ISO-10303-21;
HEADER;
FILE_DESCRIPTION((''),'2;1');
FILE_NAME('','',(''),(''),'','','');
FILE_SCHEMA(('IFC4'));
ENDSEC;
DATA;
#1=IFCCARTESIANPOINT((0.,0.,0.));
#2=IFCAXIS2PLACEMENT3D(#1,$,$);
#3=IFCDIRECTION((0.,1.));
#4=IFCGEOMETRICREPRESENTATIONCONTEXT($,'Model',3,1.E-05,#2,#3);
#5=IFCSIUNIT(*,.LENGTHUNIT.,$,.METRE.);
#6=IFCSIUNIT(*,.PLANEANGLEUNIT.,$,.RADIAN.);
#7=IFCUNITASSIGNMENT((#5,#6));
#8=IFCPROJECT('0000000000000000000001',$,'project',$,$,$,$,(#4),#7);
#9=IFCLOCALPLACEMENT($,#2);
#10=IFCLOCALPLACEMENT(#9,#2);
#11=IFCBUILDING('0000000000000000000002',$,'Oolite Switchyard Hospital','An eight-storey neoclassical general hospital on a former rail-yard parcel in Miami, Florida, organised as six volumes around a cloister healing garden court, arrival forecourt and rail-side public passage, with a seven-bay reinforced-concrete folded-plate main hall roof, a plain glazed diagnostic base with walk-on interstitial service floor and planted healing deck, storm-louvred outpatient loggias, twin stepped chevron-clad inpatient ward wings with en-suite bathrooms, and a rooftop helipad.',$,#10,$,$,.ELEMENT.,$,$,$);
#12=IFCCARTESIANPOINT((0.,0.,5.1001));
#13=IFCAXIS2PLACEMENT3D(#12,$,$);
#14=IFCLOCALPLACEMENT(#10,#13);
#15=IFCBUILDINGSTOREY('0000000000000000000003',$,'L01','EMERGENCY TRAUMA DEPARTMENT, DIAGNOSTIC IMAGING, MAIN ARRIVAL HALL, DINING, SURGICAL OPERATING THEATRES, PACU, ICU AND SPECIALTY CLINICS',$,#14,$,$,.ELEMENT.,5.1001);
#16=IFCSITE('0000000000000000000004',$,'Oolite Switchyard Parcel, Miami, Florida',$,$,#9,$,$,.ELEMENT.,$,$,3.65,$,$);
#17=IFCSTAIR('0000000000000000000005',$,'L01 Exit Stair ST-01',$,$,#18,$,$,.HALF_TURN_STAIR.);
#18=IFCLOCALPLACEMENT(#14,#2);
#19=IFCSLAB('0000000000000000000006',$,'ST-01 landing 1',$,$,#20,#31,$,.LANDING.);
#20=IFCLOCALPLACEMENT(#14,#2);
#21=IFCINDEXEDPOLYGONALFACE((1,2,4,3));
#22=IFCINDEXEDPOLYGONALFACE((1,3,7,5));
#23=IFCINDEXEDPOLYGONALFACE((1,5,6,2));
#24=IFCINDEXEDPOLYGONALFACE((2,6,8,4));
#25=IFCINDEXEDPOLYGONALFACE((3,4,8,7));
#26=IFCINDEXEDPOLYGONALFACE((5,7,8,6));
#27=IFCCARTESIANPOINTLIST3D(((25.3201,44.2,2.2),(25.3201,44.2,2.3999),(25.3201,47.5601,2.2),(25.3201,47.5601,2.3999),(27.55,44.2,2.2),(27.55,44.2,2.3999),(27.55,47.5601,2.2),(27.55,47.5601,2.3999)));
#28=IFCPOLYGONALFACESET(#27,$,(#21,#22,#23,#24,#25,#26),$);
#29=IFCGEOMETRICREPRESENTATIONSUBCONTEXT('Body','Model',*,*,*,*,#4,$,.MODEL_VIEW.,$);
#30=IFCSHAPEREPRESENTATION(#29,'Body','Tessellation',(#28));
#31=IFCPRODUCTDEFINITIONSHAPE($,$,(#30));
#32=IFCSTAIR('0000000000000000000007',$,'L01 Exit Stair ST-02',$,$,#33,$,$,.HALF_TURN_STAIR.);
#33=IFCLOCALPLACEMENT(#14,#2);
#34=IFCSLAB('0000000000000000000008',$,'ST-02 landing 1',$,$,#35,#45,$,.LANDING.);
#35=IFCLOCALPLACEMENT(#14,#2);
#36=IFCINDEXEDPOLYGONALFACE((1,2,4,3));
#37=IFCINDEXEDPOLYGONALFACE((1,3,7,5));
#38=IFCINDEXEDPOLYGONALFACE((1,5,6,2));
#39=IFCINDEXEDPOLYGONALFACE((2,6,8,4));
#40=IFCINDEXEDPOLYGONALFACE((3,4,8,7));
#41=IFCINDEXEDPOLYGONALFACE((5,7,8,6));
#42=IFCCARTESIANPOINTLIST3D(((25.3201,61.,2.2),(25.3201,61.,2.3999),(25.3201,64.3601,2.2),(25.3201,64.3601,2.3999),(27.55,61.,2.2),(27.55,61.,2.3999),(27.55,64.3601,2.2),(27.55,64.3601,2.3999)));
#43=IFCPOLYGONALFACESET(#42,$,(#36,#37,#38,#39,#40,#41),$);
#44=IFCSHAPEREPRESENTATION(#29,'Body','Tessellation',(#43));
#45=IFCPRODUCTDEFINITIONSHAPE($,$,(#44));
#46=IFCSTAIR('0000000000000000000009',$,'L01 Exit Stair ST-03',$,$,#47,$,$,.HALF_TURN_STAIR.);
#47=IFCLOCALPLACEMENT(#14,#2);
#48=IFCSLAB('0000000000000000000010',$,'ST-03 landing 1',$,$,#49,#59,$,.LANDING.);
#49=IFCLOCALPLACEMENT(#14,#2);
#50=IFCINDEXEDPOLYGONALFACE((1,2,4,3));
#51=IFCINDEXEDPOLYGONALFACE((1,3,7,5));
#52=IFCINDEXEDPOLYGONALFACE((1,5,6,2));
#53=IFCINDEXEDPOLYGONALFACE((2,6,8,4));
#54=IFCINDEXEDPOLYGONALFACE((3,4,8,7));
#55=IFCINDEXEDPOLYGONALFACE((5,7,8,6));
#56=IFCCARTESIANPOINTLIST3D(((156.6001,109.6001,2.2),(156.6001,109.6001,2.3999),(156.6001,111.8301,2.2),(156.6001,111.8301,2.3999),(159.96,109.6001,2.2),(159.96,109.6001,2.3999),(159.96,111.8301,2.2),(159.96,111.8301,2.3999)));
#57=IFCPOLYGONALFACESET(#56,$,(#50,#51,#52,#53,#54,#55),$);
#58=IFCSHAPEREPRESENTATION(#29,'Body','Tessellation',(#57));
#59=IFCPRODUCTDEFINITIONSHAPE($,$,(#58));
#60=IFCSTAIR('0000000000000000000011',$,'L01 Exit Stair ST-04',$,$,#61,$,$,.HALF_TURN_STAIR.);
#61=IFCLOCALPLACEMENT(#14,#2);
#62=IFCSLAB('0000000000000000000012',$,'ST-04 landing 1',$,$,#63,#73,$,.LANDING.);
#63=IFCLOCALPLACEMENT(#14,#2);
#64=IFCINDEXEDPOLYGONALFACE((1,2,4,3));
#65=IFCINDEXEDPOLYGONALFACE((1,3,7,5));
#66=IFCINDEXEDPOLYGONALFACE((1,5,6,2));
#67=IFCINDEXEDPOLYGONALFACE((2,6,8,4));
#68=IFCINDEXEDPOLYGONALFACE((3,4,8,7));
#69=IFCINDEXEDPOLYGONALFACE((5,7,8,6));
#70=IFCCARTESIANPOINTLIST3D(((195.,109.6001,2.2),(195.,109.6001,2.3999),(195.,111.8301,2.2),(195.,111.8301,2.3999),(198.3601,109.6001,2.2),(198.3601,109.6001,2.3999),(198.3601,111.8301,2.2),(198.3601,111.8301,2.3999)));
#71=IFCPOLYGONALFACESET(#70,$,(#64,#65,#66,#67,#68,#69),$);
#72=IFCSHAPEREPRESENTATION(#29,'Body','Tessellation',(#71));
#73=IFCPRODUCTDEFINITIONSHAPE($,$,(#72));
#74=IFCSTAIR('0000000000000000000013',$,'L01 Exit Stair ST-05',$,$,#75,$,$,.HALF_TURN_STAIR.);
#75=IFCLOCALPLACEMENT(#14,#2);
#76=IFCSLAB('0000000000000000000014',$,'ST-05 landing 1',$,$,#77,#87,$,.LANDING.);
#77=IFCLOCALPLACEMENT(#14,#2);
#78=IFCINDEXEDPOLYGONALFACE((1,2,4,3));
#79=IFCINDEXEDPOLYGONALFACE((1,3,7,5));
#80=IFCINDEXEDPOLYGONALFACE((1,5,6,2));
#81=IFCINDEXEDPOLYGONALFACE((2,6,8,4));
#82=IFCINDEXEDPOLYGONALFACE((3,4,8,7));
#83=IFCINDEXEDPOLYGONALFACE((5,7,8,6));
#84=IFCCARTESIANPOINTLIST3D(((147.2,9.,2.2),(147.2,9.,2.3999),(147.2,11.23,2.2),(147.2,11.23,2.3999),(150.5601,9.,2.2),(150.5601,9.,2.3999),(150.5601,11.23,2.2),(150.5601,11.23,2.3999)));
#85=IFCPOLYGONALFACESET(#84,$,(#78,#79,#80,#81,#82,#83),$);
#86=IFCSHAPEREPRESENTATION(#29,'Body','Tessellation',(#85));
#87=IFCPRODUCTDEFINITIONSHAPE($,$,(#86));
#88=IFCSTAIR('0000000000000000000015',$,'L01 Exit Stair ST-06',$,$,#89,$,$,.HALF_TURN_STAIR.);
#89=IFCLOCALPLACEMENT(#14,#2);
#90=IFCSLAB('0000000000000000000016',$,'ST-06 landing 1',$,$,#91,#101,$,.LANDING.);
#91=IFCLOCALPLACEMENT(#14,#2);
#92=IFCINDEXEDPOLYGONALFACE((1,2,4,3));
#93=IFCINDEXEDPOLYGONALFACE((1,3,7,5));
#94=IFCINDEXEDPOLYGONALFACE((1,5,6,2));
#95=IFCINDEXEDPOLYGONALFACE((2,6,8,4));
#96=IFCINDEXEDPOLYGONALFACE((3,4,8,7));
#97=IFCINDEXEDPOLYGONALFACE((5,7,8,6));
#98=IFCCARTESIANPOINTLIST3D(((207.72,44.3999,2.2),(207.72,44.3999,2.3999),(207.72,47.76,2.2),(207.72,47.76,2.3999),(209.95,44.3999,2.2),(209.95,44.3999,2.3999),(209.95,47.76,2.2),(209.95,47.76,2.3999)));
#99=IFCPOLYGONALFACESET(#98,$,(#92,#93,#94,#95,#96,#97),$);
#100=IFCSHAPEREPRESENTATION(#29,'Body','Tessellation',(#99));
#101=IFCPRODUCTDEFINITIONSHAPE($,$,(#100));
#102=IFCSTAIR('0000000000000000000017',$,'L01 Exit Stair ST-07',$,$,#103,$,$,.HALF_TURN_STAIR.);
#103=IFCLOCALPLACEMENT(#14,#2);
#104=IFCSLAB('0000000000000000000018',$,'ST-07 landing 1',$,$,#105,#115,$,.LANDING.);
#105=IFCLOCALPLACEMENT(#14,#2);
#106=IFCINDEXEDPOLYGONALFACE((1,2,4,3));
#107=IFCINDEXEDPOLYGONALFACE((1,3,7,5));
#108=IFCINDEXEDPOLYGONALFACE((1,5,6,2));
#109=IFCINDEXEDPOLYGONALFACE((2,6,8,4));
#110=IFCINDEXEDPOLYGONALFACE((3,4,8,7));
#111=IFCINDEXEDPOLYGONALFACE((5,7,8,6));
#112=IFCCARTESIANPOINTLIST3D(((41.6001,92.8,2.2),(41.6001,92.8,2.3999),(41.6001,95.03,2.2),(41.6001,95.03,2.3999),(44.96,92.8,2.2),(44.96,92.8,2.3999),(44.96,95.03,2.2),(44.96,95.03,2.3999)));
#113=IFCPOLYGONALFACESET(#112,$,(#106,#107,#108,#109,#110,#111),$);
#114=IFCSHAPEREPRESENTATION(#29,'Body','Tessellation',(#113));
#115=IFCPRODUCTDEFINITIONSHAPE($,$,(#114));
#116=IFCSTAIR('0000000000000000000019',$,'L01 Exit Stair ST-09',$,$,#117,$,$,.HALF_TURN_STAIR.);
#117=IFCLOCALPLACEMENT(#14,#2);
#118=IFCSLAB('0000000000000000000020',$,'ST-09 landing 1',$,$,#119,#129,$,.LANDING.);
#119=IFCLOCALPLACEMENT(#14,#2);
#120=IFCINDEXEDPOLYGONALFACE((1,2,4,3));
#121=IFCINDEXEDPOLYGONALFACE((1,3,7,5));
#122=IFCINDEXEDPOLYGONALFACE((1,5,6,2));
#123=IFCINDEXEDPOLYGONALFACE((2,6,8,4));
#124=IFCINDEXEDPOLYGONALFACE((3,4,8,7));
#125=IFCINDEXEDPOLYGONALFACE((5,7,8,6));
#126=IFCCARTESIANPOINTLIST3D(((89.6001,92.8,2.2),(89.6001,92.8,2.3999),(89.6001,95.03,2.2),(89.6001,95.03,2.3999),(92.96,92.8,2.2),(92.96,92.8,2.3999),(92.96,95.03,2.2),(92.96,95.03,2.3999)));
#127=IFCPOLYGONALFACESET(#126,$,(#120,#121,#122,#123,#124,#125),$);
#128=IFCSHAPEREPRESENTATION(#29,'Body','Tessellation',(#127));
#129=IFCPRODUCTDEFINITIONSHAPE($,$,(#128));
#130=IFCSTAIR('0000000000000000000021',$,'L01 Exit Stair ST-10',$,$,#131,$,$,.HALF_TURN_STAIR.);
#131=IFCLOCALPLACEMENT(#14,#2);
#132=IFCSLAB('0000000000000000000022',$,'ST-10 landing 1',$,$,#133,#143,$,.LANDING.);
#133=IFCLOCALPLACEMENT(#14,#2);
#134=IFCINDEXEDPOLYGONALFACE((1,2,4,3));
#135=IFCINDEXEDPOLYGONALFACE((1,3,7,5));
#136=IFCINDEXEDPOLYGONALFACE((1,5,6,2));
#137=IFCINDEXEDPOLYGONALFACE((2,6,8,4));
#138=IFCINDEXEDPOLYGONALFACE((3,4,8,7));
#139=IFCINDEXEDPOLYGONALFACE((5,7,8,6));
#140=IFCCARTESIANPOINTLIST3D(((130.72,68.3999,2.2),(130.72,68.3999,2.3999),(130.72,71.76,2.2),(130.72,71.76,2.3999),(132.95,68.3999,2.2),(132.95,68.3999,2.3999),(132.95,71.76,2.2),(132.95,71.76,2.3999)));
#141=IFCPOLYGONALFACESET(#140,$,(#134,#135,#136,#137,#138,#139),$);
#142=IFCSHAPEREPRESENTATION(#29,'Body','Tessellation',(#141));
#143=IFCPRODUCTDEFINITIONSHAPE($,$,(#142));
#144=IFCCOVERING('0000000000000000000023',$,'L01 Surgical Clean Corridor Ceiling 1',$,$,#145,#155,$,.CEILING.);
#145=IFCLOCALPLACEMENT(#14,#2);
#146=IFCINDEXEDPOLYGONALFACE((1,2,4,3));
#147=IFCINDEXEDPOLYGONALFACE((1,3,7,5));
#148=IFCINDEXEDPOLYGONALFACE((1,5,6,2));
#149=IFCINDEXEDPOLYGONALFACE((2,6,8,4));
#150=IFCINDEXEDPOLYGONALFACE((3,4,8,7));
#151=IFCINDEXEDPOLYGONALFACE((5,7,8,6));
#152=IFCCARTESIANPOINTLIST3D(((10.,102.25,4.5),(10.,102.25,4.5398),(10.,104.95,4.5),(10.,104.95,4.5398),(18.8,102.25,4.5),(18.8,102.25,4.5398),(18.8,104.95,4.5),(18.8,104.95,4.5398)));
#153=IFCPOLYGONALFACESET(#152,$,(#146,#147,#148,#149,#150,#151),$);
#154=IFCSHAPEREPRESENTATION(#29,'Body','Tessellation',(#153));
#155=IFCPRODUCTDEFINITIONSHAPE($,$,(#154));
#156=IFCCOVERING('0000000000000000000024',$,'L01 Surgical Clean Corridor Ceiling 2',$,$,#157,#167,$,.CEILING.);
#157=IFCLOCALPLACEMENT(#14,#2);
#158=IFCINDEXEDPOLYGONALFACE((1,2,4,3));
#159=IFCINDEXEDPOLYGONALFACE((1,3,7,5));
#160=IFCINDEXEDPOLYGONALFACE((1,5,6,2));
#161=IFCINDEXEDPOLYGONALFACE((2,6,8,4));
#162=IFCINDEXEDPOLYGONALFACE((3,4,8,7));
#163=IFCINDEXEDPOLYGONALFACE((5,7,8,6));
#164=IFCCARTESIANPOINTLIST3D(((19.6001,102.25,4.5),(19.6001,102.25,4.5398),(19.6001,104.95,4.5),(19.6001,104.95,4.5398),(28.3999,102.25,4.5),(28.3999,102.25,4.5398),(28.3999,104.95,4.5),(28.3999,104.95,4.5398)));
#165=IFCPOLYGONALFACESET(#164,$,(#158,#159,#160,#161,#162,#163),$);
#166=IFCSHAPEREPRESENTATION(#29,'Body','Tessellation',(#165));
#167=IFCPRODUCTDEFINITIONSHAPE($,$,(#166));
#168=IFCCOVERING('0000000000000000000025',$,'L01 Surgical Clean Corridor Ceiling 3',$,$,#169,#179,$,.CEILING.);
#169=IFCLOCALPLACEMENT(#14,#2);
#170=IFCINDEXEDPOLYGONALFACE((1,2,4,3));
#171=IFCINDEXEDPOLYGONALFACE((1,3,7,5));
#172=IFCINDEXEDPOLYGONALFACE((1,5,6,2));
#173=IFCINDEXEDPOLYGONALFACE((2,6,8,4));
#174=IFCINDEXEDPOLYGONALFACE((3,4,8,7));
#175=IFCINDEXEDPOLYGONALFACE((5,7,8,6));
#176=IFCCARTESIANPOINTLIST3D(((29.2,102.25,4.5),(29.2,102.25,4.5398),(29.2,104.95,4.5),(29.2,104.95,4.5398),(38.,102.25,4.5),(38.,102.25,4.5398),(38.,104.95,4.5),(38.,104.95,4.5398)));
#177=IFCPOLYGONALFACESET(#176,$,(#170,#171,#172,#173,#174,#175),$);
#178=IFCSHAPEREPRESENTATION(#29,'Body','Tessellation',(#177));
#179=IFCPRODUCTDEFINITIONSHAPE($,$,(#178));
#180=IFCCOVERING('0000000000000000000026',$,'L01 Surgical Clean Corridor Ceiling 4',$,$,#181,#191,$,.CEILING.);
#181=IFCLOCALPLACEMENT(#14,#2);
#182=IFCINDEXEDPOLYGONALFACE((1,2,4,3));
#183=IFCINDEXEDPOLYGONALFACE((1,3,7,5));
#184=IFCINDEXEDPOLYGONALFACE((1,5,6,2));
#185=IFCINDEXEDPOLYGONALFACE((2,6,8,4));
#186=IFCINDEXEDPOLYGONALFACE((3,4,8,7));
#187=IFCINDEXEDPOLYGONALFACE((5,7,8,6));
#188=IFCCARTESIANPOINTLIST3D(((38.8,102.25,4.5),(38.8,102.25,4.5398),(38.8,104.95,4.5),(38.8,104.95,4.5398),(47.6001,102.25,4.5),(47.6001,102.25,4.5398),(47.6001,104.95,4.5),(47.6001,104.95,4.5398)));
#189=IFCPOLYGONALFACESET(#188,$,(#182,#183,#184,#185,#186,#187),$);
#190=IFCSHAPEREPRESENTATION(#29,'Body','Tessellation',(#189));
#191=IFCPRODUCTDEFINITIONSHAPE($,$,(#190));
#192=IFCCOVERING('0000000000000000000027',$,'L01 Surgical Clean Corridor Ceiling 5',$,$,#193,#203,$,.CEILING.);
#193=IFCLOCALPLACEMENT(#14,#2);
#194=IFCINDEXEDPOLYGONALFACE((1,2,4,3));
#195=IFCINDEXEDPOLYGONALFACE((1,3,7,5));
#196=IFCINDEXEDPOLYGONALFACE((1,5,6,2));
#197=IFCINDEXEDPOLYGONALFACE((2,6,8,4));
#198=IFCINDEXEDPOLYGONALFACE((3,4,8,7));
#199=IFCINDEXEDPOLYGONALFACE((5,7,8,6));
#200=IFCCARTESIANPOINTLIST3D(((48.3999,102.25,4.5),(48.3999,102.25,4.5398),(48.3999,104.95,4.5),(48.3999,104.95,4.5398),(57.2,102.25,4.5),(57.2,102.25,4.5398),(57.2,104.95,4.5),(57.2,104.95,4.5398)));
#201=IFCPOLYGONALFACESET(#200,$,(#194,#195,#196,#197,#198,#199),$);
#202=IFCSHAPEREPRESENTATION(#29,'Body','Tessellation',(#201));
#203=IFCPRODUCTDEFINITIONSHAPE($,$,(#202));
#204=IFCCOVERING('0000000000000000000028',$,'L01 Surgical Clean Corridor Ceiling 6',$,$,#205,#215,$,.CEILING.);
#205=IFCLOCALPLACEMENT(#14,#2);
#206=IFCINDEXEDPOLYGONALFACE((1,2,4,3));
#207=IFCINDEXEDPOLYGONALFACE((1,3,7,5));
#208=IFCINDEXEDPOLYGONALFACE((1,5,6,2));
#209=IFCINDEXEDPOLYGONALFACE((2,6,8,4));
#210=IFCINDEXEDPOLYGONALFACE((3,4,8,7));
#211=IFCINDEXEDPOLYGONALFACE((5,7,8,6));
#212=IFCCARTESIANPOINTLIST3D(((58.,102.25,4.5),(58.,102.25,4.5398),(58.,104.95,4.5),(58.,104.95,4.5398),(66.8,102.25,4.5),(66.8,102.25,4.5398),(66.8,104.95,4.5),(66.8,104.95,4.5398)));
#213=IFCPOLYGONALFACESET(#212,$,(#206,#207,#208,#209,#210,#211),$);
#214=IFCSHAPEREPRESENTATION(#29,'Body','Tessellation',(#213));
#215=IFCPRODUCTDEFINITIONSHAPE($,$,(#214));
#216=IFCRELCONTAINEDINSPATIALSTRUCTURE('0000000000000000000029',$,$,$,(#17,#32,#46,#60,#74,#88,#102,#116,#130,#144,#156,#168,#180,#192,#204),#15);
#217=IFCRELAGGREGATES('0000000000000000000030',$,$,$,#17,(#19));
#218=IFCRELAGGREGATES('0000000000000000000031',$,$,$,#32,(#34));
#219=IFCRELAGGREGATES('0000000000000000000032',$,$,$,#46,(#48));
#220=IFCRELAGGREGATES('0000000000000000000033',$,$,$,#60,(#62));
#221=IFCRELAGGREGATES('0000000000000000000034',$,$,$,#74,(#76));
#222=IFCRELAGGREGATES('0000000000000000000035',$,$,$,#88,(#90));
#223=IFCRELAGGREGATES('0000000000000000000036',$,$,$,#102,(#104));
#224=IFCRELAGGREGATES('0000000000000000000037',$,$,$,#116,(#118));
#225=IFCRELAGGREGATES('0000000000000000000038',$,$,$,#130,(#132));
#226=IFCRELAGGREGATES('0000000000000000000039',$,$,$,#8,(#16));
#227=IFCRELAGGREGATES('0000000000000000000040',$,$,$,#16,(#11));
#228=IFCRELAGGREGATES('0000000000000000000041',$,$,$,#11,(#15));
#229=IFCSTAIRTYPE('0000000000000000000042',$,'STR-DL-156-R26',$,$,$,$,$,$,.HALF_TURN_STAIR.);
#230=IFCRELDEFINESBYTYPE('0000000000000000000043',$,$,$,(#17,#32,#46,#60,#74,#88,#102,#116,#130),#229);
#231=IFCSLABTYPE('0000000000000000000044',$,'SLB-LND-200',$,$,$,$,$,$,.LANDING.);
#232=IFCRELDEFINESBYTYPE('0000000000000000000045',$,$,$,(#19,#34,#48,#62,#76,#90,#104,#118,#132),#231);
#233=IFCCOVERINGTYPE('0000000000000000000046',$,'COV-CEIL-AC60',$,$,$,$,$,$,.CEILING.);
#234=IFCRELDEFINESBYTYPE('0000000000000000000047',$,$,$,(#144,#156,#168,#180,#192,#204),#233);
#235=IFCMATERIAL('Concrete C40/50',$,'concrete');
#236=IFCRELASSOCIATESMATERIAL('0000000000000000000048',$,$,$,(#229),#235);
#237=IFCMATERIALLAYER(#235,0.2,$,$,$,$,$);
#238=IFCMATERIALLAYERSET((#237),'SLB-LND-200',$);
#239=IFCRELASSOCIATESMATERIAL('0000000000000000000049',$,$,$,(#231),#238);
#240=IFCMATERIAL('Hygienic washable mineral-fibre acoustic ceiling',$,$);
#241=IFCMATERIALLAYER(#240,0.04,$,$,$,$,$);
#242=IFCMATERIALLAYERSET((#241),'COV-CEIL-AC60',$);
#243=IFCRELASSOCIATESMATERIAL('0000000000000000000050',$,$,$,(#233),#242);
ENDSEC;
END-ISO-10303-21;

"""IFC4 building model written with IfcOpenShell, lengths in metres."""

from ifc_helpers import new_model, si_unit, direction, frame, origin, place, context, subcontext, project, spatial, polyline, outline, extrude, material, layer, layer_set, type_object, element, aggregate, save


model = new_model("IFC4")

# Units and contexts
model_context = context("Model", 3, precision=1e-05, world=origin(), true_north=direction((0.0, 1.0)))
body_context = subcontext(model_context, "Body", "Model", "MODEL_VIEW")
ifc_project = project(units=[si_unit("LENGTHUNIT", "METRE"), si_unit("PLANEANGLEUNIT", "RADIAN")], contexts=[model_context])

# Site, building, storey
site_placement = place(None, origin())
site = spatial("IfcSite", under=ifc_project, at=site_placement, Name="Oolite Switchyard Parcel, Miami, Florida", CompositionType="ELEMENT", RefElevation=3.65)
building_placement = place(site_placement, origin())
building = spatial("IfcBuilding", under=site, at=building_placement, Name="Oolite Switchyard Hospital", Description="An eight-storey neoclassical general hospital on a former rail-yard parcel in Miami, Florida, organised as six volumes around a cloister healing garden court, arrival forecourt and rail-side public passage, with a seven-bay reinforced-concrete folded-plate main hall roof, a plain glazed diagnostic base with walk-on interstitial service floor and planted healing deck, storm-louvred outpatient loggias, twin stepped chevron-clad inpatient ward wings with en-suite bathrooms, and a rooftop helipad.", CompositionType="ELEMENT")
storey_placement = place(building_placement, frame((0.0, 0.0, 5.1001)))
storey = spatial("IfcBuildingStorey", under=building, at=storey_placement, Name="L01", Description="EMERGENCY TRAUMA DEPARTMENT, DIAGNOSTIC IMAGING, MAIN ARRIVAL HALL, DINING, SURGICAL OPERATING THEATRES, PACU, ICU AND SPECIALTY CLINICS", CompositionType="ELEMENT", Elevation=5.1001)

# Stairs, slabs
ifc_material_1 = material(Name="Concrete C40/50", Category="concrete")
stair_type = type_object("IfcStairType", Name="STR-DL-156-R26", PredefinedType="HALF_TURN_STAIR", material=ifc_material_1)
stair_1_placement = place(storey_placement, origin())
stair_1 = element("IfcStair", 1, at=stair_1_placement, inside=storey, type_object=stair_type, Name="L01 Exit Stair ST-01", PredefinedType="HALF_TURN_STAIR")
ifc_layer_1 = layer(ifc_material_1, 0.2)
ifc_layer_set_1 = layer_set([ifc_layer_1], Name="SLB-LND-200")
slab_type = type_object("IfcSlabType", Name="SLB-LND-200", PredefinedType="LANDING", material=ifc_layer_set_1)
slab_1_placement = place(storey_placement, frame((0.0, 0.0, 2.2)))
slab_1 = element("IfcSlab", 2, at=slab_1_placement, type_object=slab_type, Name="ST-01 landing 1", PredefinedType="LANDING", context=body_context, shape_type="SweptSolid", body=[
    extrude(outline(polyline([(25.3201, 44.2), (27.55, 44.2), (27.55, 47.5601), (25.3201, 47.5601), (25.3201, 44.2)])), origin(), (0.0, 0.0, 1.0), 0.2),
])
aggregate(stair_1, [slab_1])
stair_2_placement = place(storey_placement, origin())
stair_2 = element("IfcStair", 3, at=stair_2_placement, inside=storey, type_object=stair_type, Name="L01 Exit Stair ST-02", PredefinedType="HALF_TURN_STAIR")
slab_2_placement = place(storey_placement, frame((0.0, 0.0, 2.2)))
slab_2 = element("IfcSlab", 4, at=slab_2_placement, type_object=slab_type, Name="ST-02 landing 1", PredefinedType="LANDING", context=body_context, shape_type="SweptSolid", body=[
    extrude(outline(polyline([(25.3201, 61.0), (27.55, 61.0), (27.55, 64.3601), (25.3201, 64.3601), (25.3201, 61.0)])), origin(), (0.0, 0.0, 1.0), 0.2),
])
aggregate(stair_2, [slab_2])
stair_3_placement = place(storey_placement, origin())
stair_3 = element("IfcStair", 5, at=stair_3_placement, inside=storey, type_object=stair_type, Name="L01 Exit Stair ST-03", PredefinedType="HALF_TURN_STAIR")
slab_3_placement = place(storey_placement, frame((0.0, 0.0, 2.2)))
slab_3 = element("IfcSlab", 6, at=slab_3_placement, type_object=slab_type, Name="ST-03 landing 1", PredefinedType="LANDING", context=body_context, shape_type="SweptSolid", body=[
    extrude(outline(polyline([(156.6001, 111.8301), (156.6001, 109.6001), (159.96, 109.6001), (159.96, 111.8301), (156.6001, 111.8301)])), origin(), (0.0, 0.0, 1.0), 0.2),
])
aggregate(stair_3, [slab_3])
stair_4_placement = place(storey_placement, origin())
stair_4 = element("IfcStair", 7, at=stair_4_placement, inside=storey, type_object=stair_type, Name="L01 Exit Stair ST-04", PredefinedType="HALF_TURN_STAIR")
slab_4_placement = place(storey_placement, frame((0.0, 0.0, 2.2)))
slab_4 = element("IfcSlab", 8, at=slab_4_placement, type_object=slab_type, Name="ST-04 landing 1", PredefinedType="LANDING", context=body_context, shape_type="SweptSolid", body=[
    extrude(outline(polyline([(195.0, 111.8301), (195.0, 109.6001), (198.3601, 109.6001), (198.3601, 111.8301), (195.0, 111.8301)])), origin(), (0.0, 0.0, 1.0), 0.2),
])
aggregate(stair_4, [slab_4])
stair_5_placement = place(storey_placement, origin())
stair_5 = element("IfcStair", 9, at=stair_5_placement, inside=storey, type_object=stair_type, Name="L01 Exit Stair ST-05", PredefinedType="HALF_TURN_STAIR")
slab_5_placement = place(storey_placement, frame((0.0, 0.0, 2.2)))
slab_5 = element("IfcSlab", 10, at=slab_5_placement, type_object=slab_type, Name="ST-05 landing 1", PredefinedType="LANDING", context=body_context, shape_type="SweptSolid", body=[
    extrude(outline(polyline([(147.2, 11.23), (147.2, 9.0), (150.5601, 9.0), (150.5601, 11.23), (147.2, 11.23)])), origin(), (0.0, 0.0, 1.0), 0.2),
])
aggregate(stair_5, [slab_5])
stair_6_placement = place(storey_placement, origin())
stair_6 = element("IfcStair", 11, at=stair_6_placement, inside=storey, type_object=stair_type, Name="L01 Exit Stair ST-06", PredefinedType="HALF_TURN_STAIR")
slab_6_placement = place(storey_placement, frame((0.0, 0.0, 2.2)))
slab_6 = element("IfcSlab", 12, at=slab_6_placement, type_object=slab_type, Name="ST-06 landing 1", PredefinedType="LANDING", context=body_context, shape_type="SweptSolid", body=[
    extrude(outline(polyline([(207.72, 44.3999), (209.95, 44.3999), (209.95, 47.76), (207.72, 47.76), (207.72, 44.3999)])), origin(), (0.0, 0.0, 1.0), 0.2),
])
aggregate(stair_6, [slab_6])
stair_7_placement = place(storey_placement, origin())
stair_7 = element("IfcStair", 13, at=stair_7_placement, inside=storey, type_object=stair_type, Name="L01 Exit Stair ST-07", PredefinedType="HALF_TURN_STAIR")
slab_7_placement = place(storey_placement, frame((0.0, 0.0, 2.2)))
slab_7 = element("IfcSlab", 14, at=slab_7_placement, type_object=slab_type, Name="ST-07 landing 1", PredefinedType="LANDING", context=body_context, shape_type="SweptSolid", body=[
    extrude(outline(polyline([(41.6001, 95.03), (41.6001, 92.8), (44.96, 92.8), (44.96, 95.03), (41.6001, 95.03)])), origin(), (0.0, 0.0, 1.0), 0.2),
])
aggregate(stair_7, [slab_7])
stair_8_placement = place(storey_placement, origin())
stair_8 = element("IfcStair", 15, at=stair_8_placement, inside=storey, type_object=stair_type, Name="L01 Exit Stair ST-09", PredefinedType="HALF_TURN_STAIR")
slab_8_placement = place(storey_placement, frame((0.0, 0.0, 2.2)))
slab_8 = element("IfcSlab", 16, at=slab_8_placement, type_object=slab_type, Name="ST-09 landing 1", PredefinedType="LANDING", context=body_context, shape_type="SweptSolid", body=[
    extrude(outline(polyline([(89.6001, 95.03), (89.6001, 92.8), (92.96, 92.8), (92.96, 95.03), (89.6001, 95.03)])), origin(), (0.0, 0.0, 1.0), 0.2),
])
aggregate(stair_8, [slab_8])
stair_9_placement = place(storey_placement, origin())
stair_9 = element("IfcStair", 17, at=stair_9_placement, inside=storey, type_object=stair_type, Name="L01 Exit Stair ST-10", PredefinedType="HALF_TURN_STAIR")
slab_9_placement = place(storey_placement, frame((0.0, 0.0, 2.2)))
slab_9 = element("IfcSlab", 18, at=slab_9_placement, type_object=slab_type, Name="ST-10 landing 1", PredefinedType="LANDING", context=body_context, shape_type="SweptSolid", body=[
    extrude(outline(polyline([(130.72, 68.3999), (132.95, 68.3999), (132.95, 71.76), (130.72, 71.76), (130.72, 68.3999)])), origin(), (0.0, 0.0, 1.0), 0.2),
])
aggregate(stair_9, [slab_9])

# Coverings
ifc_material_2 = material(Name="Hygienic washable mineral-fibre acoustic ceiling")
ifc_layer_2 = layer(ifc_material_2, 0.04)
ifc_layer_set_2 = layer_set([ifc_layer_2], Name="COV-CEIL-AC60")
covering_type_1 = type_object("IfcCoveringType", Name="COV-CEIL-AC60", PredefinedType="CEILING", material=ifc_layer_set_2)
covering_1_placement = place(storey_placement, frame((0.0, 0.0, 4.5)))
element("IfcCovering", 19, at=covering_1_placement, inside=storey, type_object=covering_type_1, Name="L01 Surgical Clean Corridor Ceiling 1", PredefinedType="CEILING", context=body_context, shape_type="SweptSolid", body=[
    extrude(outline(polyline([(10.0, 102.25), (18.8, 102.25), (18.8, 104.95), (10.0, 104.95), (10.0, 102.25)])), origin(), (0.0, 0.0, 1.0), 0.0398),
])
covering_2_placement = place(storey_placement, frame((0.0, 0.0, 4.5)))
element("IfcCovering", 20, at=covering_2_placement, inside=storey, type_object=covering_type_1, Name="L01 Surgical Clean Corridor Ceiling 2", PredefinedType="CEILING", context=body_context, shape_type="SweptSolid", body=[
    extrude(outline(polyline([(19.6001, 102.25), (28.3999, 102.25), (28.3999, 104.95), (19.6001, 104.95), (19.6001, 102.25)])), origin(), (0.0, 0.0, 1.0), 0.0398),
])
covering_3_placement = place(storey_placement, frame((0.0, 0.0, 4.5)))
element("IfcCovering", 21, at=covering_3_placement, inside=storey, type_object=covering_type_1, Name="L01 Surgical Clean Corridor Ceiling 3", PredefinedType="CEILING", context=body_context, shape_type="SweptSolid", body=[
    extrude(outline(polyline([(29.2, 102.25), (38.0, 102.25), (38.0, 104.95), (29.2, 104.95), (29.2, 102.25)])), origin(), (0.0, 0.0, 1.0), 0.0398),
])
covering_4_placement = place(storey_placement, frame((0.0, 0.0, 4.5)))
element("IfcCovering", 22, at=covering_4_placement, inside=storey, type_object=covering_type_1, Name="L01 Surgical Clean Corridor Ceiling 4", PredefinedType="CEILING", context=body_context, shape_type="SweptSolid", body=[
    extrude(outline(polyline([(38.8, 102.25), (47.6001, 102.25), (47.6001, 104.95), (38.8, 104.95), (38.8, 102.25)])), origin(), (0.0, 0.0, 1.0), 0.0398),
])
covering_5_placement = place(storey_placement, frame((0.0, 0.0, 4.5)))
element("IfcCovering", 23, at=covering_5_placement, inside=storey, type_object=covering_type_1, Name="L01 Surgical Clean Corridor Ceiling 5", PredefinedType="CEILING", context=body_context, shape_type="SweptSolid", body=[
    extrude(outline(polyline([(48.3999, 102.25), (57.2, 102.25), (57.2, 104.95), (48.3999, 104.95), (48.3999, 102.25)])), origin(), (0.0, 0.0, 1.0), 0.0398),
])
covering_6_placement = place(storey_placement, frame((0.0, 0.0, 4.5)))
element("IfcCovering", 24, at=covering_6_placement, inside=storey, type_object=covering_type_1, Name="L01 Surgical Clean Corridor Ceiling 6", PredefinedType="CEILING", context=body_context, shape_type="SweptSolid", body=[
    extrude(outline(polyline([(58.0, 102.25), (66.8, 102.25), (66.8, 104.95), (58.0, 104.95), (58.0, 102.25)])), origin(), (0.0, 0.0, 1.0), 0.0398),
])

save(model, "model.ifc")
